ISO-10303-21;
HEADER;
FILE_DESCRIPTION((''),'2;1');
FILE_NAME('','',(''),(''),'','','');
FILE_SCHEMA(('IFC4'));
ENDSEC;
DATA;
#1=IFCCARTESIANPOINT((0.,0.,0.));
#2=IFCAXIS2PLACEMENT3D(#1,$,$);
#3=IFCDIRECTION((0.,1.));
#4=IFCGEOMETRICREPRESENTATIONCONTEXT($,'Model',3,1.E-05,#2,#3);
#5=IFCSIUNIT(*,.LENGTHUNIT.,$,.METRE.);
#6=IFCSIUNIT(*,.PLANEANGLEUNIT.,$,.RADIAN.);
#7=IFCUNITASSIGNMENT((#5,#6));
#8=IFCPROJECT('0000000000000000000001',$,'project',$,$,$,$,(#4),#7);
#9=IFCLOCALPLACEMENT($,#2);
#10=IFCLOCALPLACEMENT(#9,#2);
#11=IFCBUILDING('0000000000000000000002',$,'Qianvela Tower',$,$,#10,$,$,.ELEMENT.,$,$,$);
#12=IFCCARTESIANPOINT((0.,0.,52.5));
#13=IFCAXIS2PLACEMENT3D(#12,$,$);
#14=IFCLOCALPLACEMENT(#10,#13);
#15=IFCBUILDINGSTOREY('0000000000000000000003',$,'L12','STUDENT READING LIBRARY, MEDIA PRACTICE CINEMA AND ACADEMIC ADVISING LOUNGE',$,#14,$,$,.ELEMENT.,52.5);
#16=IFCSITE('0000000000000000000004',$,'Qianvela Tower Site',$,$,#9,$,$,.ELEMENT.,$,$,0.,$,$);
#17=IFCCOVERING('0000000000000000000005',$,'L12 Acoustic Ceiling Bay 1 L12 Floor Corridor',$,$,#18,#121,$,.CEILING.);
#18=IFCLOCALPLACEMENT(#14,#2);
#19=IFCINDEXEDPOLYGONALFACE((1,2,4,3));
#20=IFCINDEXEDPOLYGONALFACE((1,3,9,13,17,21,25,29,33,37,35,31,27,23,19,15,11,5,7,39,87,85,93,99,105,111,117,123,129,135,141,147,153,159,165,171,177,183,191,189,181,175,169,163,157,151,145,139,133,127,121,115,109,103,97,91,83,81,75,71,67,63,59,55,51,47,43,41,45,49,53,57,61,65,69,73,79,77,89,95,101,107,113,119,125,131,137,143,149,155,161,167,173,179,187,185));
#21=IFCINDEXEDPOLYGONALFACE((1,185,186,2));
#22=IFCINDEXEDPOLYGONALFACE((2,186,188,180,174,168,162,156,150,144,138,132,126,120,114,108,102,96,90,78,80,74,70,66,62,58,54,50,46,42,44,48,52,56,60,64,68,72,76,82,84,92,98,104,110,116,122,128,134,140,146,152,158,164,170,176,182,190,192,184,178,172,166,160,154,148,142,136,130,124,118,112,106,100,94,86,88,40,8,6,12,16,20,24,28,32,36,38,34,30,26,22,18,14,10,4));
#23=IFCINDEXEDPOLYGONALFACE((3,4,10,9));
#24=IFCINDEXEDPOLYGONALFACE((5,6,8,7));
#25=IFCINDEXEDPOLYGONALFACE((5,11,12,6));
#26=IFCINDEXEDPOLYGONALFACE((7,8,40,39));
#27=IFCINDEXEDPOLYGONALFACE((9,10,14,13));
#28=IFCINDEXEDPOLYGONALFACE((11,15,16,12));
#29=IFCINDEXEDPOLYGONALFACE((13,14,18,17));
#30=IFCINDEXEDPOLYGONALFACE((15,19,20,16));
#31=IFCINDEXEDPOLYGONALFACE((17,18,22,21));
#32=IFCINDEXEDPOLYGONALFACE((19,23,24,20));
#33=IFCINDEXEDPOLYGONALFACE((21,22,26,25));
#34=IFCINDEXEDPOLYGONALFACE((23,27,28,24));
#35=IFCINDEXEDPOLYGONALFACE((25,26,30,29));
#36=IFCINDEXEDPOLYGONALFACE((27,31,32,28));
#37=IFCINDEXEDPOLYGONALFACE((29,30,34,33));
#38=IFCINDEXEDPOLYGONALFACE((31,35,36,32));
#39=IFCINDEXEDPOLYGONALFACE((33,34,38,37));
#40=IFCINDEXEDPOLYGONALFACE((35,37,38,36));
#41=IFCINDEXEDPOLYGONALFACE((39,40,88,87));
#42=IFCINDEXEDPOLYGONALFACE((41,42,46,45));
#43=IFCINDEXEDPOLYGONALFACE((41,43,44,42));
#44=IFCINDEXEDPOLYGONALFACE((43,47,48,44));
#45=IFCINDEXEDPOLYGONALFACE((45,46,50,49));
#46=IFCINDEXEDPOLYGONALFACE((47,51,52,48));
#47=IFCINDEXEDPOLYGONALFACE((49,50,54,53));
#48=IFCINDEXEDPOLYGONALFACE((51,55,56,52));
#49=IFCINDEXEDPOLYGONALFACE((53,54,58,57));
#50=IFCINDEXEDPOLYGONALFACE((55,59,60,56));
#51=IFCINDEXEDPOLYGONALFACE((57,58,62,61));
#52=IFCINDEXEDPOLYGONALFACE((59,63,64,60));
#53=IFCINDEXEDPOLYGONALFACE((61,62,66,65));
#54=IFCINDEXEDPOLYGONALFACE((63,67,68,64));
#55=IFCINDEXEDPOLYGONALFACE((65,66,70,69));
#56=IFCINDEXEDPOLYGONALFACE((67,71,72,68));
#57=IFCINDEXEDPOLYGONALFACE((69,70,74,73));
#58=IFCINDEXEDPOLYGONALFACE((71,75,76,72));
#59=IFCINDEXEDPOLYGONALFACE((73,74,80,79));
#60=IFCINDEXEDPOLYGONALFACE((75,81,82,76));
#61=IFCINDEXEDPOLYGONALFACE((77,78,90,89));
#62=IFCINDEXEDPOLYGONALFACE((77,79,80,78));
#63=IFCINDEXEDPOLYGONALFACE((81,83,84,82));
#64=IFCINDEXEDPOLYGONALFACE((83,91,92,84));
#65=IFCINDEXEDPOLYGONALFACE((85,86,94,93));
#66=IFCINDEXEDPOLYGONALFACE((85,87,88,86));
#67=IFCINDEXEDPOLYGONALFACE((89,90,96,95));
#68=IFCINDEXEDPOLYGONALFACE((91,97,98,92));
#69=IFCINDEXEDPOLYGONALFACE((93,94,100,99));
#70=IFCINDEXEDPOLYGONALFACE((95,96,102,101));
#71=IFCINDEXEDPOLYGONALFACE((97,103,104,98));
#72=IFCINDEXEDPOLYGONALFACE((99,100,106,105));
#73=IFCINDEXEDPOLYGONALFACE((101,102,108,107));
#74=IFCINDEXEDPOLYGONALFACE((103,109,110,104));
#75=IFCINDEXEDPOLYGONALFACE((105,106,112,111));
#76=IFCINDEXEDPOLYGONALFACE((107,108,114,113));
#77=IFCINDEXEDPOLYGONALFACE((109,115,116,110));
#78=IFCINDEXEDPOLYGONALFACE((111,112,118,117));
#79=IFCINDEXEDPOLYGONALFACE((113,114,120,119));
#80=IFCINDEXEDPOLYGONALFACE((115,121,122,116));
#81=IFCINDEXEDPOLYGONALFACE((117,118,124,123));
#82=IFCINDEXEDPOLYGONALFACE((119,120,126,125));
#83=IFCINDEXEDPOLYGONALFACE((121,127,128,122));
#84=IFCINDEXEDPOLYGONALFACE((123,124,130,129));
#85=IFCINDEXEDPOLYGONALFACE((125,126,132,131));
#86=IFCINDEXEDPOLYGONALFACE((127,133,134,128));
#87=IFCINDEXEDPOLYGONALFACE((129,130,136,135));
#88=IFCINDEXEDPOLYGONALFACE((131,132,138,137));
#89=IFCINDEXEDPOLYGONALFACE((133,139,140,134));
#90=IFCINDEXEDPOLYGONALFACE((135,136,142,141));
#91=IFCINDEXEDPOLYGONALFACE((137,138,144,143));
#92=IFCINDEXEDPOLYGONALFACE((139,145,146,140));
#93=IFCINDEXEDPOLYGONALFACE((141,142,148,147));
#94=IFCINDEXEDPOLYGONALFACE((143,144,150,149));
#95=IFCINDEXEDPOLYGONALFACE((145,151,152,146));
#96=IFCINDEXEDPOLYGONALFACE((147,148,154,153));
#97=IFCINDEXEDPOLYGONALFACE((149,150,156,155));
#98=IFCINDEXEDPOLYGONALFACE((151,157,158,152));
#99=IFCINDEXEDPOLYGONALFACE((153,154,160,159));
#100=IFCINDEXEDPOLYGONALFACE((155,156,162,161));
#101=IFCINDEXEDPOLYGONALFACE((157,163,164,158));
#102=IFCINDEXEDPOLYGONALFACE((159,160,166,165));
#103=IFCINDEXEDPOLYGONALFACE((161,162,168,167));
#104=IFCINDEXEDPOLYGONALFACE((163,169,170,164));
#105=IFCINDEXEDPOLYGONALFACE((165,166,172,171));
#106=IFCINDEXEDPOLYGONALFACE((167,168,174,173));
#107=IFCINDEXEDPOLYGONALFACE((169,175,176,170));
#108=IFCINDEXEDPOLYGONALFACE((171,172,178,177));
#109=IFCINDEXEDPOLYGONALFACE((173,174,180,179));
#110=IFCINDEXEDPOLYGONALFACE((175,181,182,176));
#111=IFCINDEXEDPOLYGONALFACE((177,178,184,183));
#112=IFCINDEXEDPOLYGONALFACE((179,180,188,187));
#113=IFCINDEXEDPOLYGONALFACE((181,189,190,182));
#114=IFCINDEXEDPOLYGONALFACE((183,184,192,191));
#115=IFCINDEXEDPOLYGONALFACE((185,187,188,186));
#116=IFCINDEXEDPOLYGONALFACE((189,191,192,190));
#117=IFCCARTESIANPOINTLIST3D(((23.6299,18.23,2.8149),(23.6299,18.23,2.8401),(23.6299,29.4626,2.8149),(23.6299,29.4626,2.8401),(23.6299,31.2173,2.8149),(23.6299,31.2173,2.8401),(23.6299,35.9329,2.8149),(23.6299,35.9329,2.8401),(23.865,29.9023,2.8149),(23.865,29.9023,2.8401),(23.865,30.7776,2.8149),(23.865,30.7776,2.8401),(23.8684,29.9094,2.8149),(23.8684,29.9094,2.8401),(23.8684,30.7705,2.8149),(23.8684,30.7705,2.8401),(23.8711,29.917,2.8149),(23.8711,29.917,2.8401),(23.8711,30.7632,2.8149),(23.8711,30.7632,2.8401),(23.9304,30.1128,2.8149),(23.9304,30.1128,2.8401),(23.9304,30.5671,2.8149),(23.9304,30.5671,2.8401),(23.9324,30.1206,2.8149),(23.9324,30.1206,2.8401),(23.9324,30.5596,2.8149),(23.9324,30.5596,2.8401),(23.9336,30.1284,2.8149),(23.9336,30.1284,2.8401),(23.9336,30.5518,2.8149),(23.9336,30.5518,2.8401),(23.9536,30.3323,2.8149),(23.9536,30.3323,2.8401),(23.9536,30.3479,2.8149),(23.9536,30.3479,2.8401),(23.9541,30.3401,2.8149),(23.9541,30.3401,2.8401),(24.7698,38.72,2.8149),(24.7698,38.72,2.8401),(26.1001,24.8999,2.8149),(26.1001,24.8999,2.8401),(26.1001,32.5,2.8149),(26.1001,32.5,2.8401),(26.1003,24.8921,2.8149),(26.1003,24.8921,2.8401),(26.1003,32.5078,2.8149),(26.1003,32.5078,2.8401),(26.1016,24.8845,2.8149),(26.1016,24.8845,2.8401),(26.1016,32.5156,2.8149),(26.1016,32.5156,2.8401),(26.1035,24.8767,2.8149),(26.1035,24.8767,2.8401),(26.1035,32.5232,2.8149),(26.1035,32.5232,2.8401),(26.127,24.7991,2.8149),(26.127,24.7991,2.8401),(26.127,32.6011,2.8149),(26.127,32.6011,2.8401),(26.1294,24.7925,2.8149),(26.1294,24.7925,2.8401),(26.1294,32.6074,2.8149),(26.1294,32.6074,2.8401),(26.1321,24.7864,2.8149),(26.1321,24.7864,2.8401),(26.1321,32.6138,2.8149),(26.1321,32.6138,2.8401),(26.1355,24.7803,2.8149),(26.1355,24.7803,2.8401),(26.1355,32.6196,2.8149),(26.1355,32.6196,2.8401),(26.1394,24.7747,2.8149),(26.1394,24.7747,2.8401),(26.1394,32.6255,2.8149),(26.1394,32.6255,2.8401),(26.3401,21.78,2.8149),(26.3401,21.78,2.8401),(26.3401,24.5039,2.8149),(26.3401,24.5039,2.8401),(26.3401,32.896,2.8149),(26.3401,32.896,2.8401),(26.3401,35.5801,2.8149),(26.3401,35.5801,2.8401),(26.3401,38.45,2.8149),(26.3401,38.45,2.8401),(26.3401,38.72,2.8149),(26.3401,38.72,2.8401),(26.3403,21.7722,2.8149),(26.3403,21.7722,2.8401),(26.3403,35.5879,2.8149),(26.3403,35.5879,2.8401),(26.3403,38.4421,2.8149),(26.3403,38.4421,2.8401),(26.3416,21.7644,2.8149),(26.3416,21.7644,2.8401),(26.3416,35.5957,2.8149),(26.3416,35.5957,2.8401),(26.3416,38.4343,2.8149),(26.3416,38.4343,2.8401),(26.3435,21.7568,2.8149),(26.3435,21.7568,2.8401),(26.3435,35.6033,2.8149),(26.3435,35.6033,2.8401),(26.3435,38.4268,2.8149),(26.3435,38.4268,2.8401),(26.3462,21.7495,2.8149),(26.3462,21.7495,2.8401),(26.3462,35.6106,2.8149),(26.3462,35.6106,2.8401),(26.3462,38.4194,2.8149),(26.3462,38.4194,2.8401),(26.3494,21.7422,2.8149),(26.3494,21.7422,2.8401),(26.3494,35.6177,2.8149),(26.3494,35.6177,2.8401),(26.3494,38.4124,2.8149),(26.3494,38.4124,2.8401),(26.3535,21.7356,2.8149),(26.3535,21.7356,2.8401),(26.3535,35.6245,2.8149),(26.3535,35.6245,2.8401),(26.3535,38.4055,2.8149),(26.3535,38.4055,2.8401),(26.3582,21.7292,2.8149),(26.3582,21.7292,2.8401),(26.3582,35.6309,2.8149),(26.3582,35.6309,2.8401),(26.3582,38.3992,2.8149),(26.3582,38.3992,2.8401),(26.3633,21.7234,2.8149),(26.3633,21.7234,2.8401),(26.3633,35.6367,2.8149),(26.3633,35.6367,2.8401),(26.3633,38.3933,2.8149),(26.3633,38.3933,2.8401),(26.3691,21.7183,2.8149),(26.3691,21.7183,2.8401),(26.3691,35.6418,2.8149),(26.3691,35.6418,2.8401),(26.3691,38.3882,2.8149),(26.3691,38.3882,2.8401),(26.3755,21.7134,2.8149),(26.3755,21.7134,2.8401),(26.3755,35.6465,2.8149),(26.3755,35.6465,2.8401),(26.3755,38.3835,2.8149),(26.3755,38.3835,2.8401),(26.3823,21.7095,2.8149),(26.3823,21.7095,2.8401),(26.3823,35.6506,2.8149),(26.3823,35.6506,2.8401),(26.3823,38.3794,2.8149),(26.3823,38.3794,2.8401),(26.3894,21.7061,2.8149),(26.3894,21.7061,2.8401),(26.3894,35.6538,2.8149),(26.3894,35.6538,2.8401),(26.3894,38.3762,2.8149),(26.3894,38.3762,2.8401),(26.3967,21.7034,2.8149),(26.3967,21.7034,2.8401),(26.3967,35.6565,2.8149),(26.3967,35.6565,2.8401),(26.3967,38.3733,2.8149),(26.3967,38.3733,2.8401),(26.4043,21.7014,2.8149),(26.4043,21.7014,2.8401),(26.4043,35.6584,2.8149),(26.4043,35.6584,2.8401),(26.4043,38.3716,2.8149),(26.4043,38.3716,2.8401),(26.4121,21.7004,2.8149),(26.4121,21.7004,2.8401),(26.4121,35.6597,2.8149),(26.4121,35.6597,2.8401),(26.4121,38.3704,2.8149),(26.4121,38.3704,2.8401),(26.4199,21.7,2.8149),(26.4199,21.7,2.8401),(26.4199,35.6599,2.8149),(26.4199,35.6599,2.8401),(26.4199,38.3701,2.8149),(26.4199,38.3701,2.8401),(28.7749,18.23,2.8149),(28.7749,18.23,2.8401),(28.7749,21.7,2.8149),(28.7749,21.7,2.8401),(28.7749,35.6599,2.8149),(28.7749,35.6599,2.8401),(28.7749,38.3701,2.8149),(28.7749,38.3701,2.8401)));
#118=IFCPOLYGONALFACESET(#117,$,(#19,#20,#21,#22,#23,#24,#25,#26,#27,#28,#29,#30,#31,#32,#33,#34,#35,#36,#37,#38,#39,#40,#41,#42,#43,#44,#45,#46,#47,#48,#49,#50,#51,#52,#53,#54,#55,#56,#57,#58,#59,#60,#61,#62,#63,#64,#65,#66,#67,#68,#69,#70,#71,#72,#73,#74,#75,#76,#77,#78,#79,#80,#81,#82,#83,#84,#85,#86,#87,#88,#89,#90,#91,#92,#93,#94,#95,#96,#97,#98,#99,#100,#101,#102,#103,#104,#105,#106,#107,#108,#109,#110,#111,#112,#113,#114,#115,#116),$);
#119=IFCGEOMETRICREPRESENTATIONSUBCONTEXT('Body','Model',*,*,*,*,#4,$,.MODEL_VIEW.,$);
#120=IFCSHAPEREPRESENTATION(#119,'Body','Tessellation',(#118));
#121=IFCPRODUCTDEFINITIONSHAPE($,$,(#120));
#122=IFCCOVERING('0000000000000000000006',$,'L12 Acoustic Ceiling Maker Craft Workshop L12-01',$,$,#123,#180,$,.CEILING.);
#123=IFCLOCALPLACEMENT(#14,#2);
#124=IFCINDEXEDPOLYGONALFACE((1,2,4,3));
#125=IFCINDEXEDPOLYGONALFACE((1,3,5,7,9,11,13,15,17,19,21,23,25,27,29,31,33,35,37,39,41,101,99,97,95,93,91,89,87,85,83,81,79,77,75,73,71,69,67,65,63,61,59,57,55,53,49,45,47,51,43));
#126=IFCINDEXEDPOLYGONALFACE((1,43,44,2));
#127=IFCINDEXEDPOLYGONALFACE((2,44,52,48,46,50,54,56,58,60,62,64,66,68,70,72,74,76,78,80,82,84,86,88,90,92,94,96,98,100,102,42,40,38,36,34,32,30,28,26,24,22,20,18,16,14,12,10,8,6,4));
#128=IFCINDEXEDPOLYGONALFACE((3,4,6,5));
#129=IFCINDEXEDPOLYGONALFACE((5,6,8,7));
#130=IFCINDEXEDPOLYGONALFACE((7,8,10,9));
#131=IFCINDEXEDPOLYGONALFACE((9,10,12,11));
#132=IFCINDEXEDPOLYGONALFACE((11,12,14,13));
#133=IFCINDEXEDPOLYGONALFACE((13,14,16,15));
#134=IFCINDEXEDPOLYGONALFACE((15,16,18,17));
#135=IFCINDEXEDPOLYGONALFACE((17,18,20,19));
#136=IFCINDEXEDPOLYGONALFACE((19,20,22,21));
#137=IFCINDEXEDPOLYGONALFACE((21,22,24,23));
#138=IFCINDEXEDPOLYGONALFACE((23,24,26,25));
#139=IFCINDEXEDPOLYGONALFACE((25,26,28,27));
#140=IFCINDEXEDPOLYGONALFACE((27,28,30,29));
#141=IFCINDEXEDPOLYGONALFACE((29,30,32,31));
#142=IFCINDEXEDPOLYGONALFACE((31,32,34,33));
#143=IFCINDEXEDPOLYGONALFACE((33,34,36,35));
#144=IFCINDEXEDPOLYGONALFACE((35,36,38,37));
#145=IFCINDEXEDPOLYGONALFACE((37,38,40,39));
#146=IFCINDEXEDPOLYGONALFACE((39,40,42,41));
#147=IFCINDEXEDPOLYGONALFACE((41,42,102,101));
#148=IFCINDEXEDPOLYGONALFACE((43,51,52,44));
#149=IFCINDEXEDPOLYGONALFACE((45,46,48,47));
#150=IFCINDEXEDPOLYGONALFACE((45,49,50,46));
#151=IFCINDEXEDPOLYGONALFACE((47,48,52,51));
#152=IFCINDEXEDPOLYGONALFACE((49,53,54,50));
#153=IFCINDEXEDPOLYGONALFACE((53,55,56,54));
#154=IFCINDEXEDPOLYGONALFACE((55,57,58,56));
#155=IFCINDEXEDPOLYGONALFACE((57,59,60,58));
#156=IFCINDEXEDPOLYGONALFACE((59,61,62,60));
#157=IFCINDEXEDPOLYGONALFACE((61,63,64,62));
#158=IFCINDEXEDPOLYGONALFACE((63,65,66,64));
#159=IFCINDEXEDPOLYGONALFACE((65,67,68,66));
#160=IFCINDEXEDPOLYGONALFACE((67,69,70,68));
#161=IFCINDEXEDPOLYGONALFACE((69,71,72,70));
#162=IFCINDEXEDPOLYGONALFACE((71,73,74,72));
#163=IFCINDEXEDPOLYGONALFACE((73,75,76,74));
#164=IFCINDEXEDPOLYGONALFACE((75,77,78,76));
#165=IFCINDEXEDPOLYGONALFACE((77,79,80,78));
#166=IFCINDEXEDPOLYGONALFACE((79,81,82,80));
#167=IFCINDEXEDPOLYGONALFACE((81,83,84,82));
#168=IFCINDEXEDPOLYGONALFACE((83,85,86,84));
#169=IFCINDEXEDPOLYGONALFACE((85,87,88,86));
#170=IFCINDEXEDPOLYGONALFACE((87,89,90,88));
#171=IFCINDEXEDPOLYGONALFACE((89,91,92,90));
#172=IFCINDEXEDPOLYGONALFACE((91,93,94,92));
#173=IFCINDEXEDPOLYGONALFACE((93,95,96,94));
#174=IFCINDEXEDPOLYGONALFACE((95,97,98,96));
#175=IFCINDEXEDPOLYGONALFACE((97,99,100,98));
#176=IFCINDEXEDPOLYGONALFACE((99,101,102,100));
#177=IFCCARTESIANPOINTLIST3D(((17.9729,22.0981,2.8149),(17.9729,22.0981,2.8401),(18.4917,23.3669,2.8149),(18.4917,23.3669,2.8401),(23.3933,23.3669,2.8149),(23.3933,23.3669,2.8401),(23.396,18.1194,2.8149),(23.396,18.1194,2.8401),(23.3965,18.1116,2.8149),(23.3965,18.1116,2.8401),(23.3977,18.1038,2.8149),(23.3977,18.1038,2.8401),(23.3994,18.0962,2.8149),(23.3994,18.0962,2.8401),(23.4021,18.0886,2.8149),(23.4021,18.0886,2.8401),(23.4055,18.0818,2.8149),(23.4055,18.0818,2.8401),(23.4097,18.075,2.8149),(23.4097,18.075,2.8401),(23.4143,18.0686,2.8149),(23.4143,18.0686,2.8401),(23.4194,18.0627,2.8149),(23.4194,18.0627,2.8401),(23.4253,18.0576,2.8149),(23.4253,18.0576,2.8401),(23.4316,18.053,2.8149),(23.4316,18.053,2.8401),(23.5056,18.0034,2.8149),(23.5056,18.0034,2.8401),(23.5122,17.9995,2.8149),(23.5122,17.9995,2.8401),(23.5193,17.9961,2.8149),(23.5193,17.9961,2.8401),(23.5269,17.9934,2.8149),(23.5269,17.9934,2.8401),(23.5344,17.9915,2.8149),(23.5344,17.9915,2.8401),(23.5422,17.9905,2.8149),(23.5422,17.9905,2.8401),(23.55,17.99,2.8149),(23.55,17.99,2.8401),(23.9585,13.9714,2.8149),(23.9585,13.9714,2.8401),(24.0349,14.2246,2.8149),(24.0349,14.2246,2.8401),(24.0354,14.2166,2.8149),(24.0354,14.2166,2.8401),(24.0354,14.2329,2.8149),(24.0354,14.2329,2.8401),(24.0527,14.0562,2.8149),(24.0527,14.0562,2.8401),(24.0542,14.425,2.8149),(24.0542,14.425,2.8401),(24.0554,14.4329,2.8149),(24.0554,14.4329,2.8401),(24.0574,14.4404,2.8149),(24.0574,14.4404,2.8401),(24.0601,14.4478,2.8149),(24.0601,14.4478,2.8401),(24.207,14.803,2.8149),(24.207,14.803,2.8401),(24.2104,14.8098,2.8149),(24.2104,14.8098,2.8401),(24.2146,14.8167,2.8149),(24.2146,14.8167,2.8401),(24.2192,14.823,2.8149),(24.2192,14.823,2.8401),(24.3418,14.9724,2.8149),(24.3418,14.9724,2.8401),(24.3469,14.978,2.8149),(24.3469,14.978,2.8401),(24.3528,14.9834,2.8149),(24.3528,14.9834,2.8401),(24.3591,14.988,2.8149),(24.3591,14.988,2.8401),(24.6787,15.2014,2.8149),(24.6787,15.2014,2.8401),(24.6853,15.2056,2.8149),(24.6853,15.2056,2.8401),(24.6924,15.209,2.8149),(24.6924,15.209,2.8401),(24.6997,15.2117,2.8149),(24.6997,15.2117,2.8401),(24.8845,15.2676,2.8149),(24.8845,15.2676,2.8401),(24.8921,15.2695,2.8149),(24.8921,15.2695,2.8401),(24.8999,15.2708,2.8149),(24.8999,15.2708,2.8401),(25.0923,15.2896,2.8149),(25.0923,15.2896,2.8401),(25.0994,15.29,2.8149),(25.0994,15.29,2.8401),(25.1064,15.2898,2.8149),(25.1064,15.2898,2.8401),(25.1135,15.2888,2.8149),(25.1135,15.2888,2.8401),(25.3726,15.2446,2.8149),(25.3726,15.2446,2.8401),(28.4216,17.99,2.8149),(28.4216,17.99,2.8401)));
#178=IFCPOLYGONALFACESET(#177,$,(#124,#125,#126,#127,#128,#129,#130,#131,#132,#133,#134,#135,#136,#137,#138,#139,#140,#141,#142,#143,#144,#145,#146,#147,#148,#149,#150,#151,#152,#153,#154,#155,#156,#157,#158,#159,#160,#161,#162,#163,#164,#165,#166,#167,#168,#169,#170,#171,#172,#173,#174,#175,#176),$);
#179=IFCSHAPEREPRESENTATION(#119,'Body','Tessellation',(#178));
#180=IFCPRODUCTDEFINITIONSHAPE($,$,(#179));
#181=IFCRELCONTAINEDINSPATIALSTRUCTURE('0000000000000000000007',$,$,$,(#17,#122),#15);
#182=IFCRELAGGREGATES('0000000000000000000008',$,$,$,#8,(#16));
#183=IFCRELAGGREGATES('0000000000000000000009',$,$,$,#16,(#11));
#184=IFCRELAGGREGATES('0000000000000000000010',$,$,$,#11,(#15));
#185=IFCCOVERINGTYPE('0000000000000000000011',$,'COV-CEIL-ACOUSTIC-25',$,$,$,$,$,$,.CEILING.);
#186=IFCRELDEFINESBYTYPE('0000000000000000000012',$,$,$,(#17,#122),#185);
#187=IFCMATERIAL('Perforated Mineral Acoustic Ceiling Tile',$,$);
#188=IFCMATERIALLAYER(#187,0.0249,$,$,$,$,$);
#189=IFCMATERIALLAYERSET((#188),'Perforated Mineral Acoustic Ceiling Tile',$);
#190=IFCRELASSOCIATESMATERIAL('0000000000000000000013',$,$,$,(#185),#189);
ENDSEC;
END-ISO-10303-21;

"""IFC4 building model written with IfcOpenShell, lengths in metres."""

from ifc_helpers import new_model, si_unit, direction, frame, origin, place, context, subcontext, project, spatial, polyline, outline, extrude, material, layer, layer_set, type_object, element, save


model = new_model("IFC4")

# Units and contexts
model_context = context("Model", 3, precision=1e-05, world=origin(), true_north=direction((0.0, 1.0)))
body_context = subcontext(model_context, "Body", "Model", "MODEL_VIEW")
ifc_project = project(units=[si_unit("LENGTHUNIT", "METRE"), si_unit("PLANEANGLEUNIT", "RADIAN")], contexts=[model_context])

# Site, building, storey
site_placement = place(None, origin())
site = spatial("IfcSite", under=ifc_project, at=site_placement, Name="Qianvela Tower Site", CompositionType="ELEMENT", RefElevation=0.0)
building_placement = place(site_placement, origin())
building = spatial("IfcBuilding", under=site, at=building_placement, Name="Qianvela Tower", CompositionType="ELEMENT")
storey_placement = place(building_placement, frame((0.0, 0.0, 52.5)))
storey = spatial("IfcBuildingStorey", under=building, at=storey_placement, Name="L12", Description="STUDENT READING LIBRARY, MEDIA PRACTICE CINEMA AND ACADEMIC ADVISING LOUNGE", CompositionType="ELEMENT", Elevation=52.5)

# Coverings
ifc_material_1 = material(Name="Perforated Mineral Acoustic Ceiling Tile")
ifc_layer_1 = layer(ifc_material_1, 0.0249)
ifc_layer_set_1 = layer_set([ifc_layer_1], Name="Perforated Mineral Acoustic Ceiling Tile")
covering_type_1 = type_object("IfcCoveringType", Name="COV-CEIL-ACOUSTIC-25", PredefinedType="CEILING", material=ifc_layer_set_1)
covering_1_placement = place(storey_placement, frame((0.0, 0.0, 2.8149)))
element("IfcCovering", 1, at=covering_1_placement, inside=storey, type_object=covering_type_1, Name="L12 Acoustic Ceiling Bay 1 L12 Floor Corridor", PredefinedType="CEILING", context=body_context, shape_type="SweptSolid", body=[
    extrude(outline(polyline([(23.8684, 30.7705), (23.865, 30.7776), (23.6299, 31.2173), (23.6299, 35.9329), (24.7698, 38.72), (26.3401, 38.72), (26.3401, 38.45), (26.3403, 38.4421), (26.3416, 38.4343), (26.3435, 38.4268), (26.3462, 38.4194), (26.3494, 38.4124), (26.3535, 38.4055), (26.3582, 38.3992), (26.3633, 38.3933), (26.3691, 38.3882), (26.3755, 38.3835), (26.3823, 38.3794), (26.3894, 38.3762), (26.3967, 38.3733), (26.4043, 38.3716), (26.4121, 38.3704), (26.4199, 38.3701), (28.7749, 38.3701), (28.7749, 35.6599), (26.4199, 35.6599), (26.4121, 35.6597), (26.4043, 35.6584), (26.3967, 35.6565), (26.3894, 35.6538), (26.3823, 35.6506), (26.3755, 35.6465), (26.3691, 35.6418), (26.3633, 35.6367), (26.3582, 35.6309), (26.3535, 35.6245), (26.3494, 35.6177), (26.3462, 35.6106), (26.3435, 35.6033), (26.3416, 35.5957), (26.3403, 35.5879), (26.3401, 35.5801), (26.3401, 32.896), (26.1394, 32.6255), (26.1355, 32.6196), (26.1321, 32.6138), (26.1294, 32.6074), (26.127, 32.6011), (26.1035, 32.5232), (26.1016, 32.5156), (26.1003, 32.5078), (26.1001, 32.5), (26.1001, 24.8999), (26.1003, 24.8921), (26.1016, 24.8845), (26.1035, 24.8767), (26.127, 24.7991), (26.1294, 24.7925), (26.1321, 24.7864), (26.1355, 24.7803), (26.1394, 24.7747), (26.3401, 24.5039), (26.3401, 21.78), (26.3403, 21.7722), (26.3416, 21.7644), (26.3435, 21.7568), (26.3462, 21.7495), (26.3494, 21.7422), (26.3535, 21.7356), (26.3582, 21.7292), (26.3633, 21.7234), (26.3691, 21.7183), (26.3755, 21.7134), (26.3823, 21.7095), (26.3894, 21.7061), (26.3967, 21.7034), (26.4043, 21.7014), (26.4121, 21.7004), (26.4199, 21.7), (28.7749, 21.7), (28.7749, 18.23), (23.6299, 18.23), (23.6299, 29.4626), (23.865, 29.9023), (23.8684, 29.9094), (23.8711, 29.917), (23.9304, 30.1128), (23.9324, 30.1206), (23.9336, 30.1284), (23.9536, 30.3323), (23.9541, 30.3401), (23.9536, 30.3479), (23.9336, 30.5518), (23.9324, 30.5596), (23.9304, 30.5671), (23.8711, 30.7632), (23.8684, 30.7705)])), origin(), (0.0, 0.0, 1.0), 0.0251),
])
covering_2_placement = place(storey_placement, frame((0.0, 0.0, 2.8149)))
element("IfcCovering", 2, at=covering_2_placement, inside=storey, type_object=covering_type_1, Name="L12 Acoustic Ceiling Maker Craft Workshop L12-01", PredefinedType="CEILING", context=body_context, shape_type="SweptSolid", body=[
    extrude(outline(polyline([(28.4216, 17.99), (25.3726, 15.2446), (25.1135, 15.2888), (25.1064, 15.2898), (25.0994, 15.29), (25.0923, 15.2896), (24.8999, 15.2708), (24.8921, 15.2695), (24.8845, 15.2676), (24.6997, 15.2117), (24.6924, 15.209), (24.6853, 15.2056), (24.6787, 15.2014), (24.3591, 14.988), (24.3528, 14.9834), (24.3469, 14.978), (24.3418, 14.9724), (24.2192, 14.823), (24.2146, 14.8167), (24.2104, 14.8098), (24.207, 14.803), (24.0601, 14.4478), (24.0574, 14.4404), (24.0554, 14.4329), (24.0542, 14.425), (24.0354, 14.2329), (24.0349, 14.2246), (24.0354, 14.2166), (24.0527, 14.0562), (23.9585, 13.9714), (17.9729, 22.0981), (18.4917, 23.3669), (23.3933, 23.3669), (23.396, 18.1194), (23.3965, 18.1116), (23.3977, 18.1038), (23.3994, 18.0962), (23.4021, 18.0886), (23.4055, 18.0818), (23.4097, 18.075), (23.4143, 18.0686), (23.4194, 18.0627), (23.4253, 18.0576), (23.4316, 18.053), (23.5056, 18.0034), (23.5122, 17.9995), (23.5193, 17.9961), (23.5269, 17.9934), (23.5344, 17.9915), (23.5422, 17.9905), (23.55, 17.99), (28.4216, 17.99)])), origin(), (0.0, 0.0, 1.0), 0.0251),
])

save(model, "model.ifc")
